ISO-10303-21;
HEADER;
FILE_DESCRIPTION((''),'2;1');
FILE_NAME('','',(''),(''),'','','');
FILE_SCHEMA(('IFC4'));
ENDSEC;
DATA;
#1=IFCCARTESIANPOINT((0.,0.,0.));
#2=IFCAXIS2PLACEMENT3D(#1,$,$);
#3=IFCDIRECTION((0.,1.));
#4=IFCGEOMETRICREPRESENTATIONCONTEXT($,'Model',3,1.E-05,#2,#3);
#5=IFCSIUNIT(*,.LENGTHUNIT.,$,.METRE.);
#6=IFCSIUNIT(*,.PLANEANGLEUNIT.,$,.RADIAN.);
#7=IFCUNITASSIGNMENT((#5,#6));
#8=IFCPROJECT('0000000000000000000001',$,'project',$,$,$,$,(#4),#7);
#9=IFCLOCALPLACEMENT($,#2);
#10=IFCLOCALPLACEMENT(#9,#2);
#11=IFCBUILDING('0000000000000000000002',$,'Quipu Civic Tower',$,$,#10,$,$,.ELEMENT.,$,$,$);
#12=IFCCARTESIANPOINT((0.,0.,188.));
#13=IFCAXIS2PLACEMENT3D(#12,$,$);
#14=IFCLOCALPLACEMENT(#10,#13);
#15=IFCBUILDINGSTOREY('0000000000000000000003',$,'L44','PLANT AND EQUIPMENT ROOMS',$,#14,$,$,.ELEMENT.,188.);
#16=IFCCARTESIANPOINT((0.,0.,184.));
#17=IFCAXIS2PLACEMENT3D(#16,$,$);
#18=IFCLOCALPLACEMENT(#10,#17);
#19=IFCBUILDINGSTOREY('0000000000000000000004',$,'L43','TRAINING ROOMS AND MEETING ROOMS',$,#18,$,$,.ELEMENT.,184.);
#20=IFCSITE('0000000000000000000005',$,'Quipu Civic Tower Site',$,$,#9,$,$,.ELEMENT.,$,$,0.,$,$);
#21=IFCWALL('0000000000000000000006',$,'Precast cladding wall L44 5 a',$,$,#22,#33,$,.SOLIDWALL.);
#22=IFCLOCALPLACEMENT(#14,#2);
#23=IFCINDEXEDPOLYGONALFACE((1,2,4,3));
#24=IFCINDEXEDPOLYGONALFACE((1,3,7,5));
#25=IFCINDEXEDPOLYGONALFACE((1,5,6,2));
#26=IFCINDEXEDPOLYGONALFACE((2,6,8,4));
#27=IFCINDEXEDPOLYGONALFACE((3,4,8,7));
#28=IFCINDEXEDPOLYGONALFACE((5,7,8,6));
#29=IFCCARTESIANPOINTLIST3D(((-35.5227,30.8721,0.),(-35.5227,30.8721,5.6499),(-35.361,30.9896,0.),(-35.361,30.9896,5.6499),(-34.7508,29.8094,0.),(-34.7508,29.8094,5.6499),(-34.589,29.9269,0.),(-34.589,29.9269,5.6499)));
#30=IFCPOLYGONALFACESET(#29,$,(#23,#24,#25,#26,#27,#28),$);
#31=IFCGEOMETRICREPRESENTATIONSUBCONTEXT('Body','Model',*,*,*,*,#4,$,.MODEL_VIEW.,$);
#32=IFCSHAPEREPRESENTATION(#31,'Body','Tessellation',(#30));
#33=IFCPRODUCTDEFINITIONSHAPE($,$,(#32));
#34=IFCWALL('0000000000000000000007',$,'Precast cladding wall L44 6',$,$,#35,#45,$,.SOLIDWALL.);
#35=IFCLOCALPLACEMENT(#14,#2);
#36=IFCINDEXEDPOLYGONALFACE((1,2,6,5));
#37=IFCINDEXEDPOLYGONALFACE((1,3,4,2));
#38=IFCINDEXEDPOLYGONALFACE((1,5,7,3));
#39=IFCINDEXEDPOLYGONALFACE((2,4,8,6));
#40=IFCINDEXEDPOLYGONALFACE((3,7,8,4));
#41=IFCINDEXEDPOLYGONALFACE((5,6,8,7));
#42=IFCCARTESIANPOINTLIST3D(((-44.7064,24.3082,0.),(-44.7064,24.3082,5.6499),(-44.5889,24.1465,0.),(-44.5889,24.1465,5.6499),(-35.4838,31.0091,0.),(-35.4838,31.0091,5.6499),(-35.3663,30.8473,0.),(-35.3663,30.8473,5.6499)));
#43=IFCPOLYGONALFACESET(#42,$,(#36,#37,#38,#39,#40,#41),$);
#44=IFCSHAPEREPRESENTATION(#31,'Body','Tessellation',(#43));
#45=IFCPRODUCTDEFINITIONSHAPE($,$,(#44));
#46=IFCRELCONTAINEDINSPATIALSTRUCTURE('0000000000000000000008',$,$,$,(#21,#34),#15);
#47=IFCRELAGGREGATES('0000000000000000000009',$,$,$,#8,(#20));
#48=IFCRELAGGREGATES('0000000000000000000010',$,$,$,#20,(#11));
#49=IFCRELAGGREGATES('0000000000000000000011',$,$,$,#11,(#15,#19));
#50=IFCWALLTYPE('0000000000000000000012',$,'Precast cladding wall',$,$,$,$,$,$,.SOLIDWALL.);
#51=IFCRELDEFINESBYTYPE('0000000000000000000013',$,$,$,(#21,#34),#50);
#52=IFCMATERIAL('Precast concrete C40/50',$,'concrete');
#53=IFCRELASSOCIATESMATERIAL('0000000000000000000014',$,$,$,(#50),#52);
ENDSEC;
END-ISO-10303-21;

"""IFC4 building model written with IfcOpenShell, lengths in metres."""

from ifc_helpers import new_model, si_unit, direction, frame, frame_2d, origin, place, context, subcontext, project, spatial, rectangle, extrude, material, type_object, element, save


model = new_model("IFC4")

# Units and contexts
model_context = context("Model", 3, precision=1e-05, world=origin(), true_north=direction((0.0, 1.0)))
body_context = subcontext(model_context, "Body", "Model", "MODEL_VIEW")
ifc_project = project(units=[si_unit("LENGTHUNIT", "METRE"), si_unit("PLANEANGLEUNIT", "RADIAN")], contexts=[model_context])

# Site, building, storey
site_placement = place(None, origin())
site = spatial("IfcSite", under=ifc_project, at=site_placement, Name="Quipu Civic Tower Site", CompositionType="ELEMENT", RefElevation=0.0)
building_placement = place(site_placement, origin())
building = spatial("IfcBuilding", under=site, at=building_placement, Name="Quipu Civic Tower", CompositionType="ELEMENT")
storey_1_placement = place(building_placement, frame((0.0, 0.0, 188.0)))
storey_1 = spatial("IfcBuildingStorey", under=building, at=storey_1_placement, Name="L44", Description="PLANT AND EQUIPMENT ROOMS", CompositionType="ELEMENT", Elevation=188.0)

# Shared definitions
storey_2_placement = place(building_placement, frame((0.0, 0.0, 184.0)))
storey_2 = spatial("IfcBuildingStorey", under=building, at=storey_2_placement, Name="L43", Description="TRAINING ROOMS AND MEETING ROOMS", CompositionType="ELEMENT", Elevation=184.0)

# Walls
ifc_material_1 = material(Name="Precast concrete C40/50", Category="concrete")
wall_type = type_object("IfcWallType", Name="Precast cladding wall", PredefinedType="SOLIDWALL", material=ifc_material_1)
wall_1_placement = place(storey_1_placement, frame((-34.6699, 29.8682, 0.0), z_axis=(0.0, 0.0, 1.0), x_axis=(-0.587707, 0.809074, 0.0)))
element("IfcWall", 1, at=wall_1_placement, inside=storey_1, type_object=wall_type, Name="Precast cladding wall L44 5 a", PredefinedType="SOLIDWALL", context=body_context, shape_type="SweptSolid", body=[
    extrude(rectangle(XDim=1.3135, YDim=0.2, at=frame_2d((0.6567, 0.0))), origin(), (0.0, 0.0, 1.0), 5.6499),
])
wall_2_placement = place(storey_1_placement, frame((-35.425, 30.9282, 0.0), z_axis=(0.0, 0.0, 1.0), x_axis=(-0.809005, -0.587801, 0.0)))
element("IfcWall", 2, at=wall_2_placement, inside=storey_1, type_object=wall_type, Name="Precast cladding wall L44 6", PredefinedType="SOLIDWALL", context=body_context, shape_type="SweptSolid", body=[
    extrude(rectangle(XDim=11.3999, YDim=0.2, at=frame_2d((5.7, 0.0))), origin(), (0.0, 0.0, 1.0), 5.6499),
])

save(model, "model.ifc")
